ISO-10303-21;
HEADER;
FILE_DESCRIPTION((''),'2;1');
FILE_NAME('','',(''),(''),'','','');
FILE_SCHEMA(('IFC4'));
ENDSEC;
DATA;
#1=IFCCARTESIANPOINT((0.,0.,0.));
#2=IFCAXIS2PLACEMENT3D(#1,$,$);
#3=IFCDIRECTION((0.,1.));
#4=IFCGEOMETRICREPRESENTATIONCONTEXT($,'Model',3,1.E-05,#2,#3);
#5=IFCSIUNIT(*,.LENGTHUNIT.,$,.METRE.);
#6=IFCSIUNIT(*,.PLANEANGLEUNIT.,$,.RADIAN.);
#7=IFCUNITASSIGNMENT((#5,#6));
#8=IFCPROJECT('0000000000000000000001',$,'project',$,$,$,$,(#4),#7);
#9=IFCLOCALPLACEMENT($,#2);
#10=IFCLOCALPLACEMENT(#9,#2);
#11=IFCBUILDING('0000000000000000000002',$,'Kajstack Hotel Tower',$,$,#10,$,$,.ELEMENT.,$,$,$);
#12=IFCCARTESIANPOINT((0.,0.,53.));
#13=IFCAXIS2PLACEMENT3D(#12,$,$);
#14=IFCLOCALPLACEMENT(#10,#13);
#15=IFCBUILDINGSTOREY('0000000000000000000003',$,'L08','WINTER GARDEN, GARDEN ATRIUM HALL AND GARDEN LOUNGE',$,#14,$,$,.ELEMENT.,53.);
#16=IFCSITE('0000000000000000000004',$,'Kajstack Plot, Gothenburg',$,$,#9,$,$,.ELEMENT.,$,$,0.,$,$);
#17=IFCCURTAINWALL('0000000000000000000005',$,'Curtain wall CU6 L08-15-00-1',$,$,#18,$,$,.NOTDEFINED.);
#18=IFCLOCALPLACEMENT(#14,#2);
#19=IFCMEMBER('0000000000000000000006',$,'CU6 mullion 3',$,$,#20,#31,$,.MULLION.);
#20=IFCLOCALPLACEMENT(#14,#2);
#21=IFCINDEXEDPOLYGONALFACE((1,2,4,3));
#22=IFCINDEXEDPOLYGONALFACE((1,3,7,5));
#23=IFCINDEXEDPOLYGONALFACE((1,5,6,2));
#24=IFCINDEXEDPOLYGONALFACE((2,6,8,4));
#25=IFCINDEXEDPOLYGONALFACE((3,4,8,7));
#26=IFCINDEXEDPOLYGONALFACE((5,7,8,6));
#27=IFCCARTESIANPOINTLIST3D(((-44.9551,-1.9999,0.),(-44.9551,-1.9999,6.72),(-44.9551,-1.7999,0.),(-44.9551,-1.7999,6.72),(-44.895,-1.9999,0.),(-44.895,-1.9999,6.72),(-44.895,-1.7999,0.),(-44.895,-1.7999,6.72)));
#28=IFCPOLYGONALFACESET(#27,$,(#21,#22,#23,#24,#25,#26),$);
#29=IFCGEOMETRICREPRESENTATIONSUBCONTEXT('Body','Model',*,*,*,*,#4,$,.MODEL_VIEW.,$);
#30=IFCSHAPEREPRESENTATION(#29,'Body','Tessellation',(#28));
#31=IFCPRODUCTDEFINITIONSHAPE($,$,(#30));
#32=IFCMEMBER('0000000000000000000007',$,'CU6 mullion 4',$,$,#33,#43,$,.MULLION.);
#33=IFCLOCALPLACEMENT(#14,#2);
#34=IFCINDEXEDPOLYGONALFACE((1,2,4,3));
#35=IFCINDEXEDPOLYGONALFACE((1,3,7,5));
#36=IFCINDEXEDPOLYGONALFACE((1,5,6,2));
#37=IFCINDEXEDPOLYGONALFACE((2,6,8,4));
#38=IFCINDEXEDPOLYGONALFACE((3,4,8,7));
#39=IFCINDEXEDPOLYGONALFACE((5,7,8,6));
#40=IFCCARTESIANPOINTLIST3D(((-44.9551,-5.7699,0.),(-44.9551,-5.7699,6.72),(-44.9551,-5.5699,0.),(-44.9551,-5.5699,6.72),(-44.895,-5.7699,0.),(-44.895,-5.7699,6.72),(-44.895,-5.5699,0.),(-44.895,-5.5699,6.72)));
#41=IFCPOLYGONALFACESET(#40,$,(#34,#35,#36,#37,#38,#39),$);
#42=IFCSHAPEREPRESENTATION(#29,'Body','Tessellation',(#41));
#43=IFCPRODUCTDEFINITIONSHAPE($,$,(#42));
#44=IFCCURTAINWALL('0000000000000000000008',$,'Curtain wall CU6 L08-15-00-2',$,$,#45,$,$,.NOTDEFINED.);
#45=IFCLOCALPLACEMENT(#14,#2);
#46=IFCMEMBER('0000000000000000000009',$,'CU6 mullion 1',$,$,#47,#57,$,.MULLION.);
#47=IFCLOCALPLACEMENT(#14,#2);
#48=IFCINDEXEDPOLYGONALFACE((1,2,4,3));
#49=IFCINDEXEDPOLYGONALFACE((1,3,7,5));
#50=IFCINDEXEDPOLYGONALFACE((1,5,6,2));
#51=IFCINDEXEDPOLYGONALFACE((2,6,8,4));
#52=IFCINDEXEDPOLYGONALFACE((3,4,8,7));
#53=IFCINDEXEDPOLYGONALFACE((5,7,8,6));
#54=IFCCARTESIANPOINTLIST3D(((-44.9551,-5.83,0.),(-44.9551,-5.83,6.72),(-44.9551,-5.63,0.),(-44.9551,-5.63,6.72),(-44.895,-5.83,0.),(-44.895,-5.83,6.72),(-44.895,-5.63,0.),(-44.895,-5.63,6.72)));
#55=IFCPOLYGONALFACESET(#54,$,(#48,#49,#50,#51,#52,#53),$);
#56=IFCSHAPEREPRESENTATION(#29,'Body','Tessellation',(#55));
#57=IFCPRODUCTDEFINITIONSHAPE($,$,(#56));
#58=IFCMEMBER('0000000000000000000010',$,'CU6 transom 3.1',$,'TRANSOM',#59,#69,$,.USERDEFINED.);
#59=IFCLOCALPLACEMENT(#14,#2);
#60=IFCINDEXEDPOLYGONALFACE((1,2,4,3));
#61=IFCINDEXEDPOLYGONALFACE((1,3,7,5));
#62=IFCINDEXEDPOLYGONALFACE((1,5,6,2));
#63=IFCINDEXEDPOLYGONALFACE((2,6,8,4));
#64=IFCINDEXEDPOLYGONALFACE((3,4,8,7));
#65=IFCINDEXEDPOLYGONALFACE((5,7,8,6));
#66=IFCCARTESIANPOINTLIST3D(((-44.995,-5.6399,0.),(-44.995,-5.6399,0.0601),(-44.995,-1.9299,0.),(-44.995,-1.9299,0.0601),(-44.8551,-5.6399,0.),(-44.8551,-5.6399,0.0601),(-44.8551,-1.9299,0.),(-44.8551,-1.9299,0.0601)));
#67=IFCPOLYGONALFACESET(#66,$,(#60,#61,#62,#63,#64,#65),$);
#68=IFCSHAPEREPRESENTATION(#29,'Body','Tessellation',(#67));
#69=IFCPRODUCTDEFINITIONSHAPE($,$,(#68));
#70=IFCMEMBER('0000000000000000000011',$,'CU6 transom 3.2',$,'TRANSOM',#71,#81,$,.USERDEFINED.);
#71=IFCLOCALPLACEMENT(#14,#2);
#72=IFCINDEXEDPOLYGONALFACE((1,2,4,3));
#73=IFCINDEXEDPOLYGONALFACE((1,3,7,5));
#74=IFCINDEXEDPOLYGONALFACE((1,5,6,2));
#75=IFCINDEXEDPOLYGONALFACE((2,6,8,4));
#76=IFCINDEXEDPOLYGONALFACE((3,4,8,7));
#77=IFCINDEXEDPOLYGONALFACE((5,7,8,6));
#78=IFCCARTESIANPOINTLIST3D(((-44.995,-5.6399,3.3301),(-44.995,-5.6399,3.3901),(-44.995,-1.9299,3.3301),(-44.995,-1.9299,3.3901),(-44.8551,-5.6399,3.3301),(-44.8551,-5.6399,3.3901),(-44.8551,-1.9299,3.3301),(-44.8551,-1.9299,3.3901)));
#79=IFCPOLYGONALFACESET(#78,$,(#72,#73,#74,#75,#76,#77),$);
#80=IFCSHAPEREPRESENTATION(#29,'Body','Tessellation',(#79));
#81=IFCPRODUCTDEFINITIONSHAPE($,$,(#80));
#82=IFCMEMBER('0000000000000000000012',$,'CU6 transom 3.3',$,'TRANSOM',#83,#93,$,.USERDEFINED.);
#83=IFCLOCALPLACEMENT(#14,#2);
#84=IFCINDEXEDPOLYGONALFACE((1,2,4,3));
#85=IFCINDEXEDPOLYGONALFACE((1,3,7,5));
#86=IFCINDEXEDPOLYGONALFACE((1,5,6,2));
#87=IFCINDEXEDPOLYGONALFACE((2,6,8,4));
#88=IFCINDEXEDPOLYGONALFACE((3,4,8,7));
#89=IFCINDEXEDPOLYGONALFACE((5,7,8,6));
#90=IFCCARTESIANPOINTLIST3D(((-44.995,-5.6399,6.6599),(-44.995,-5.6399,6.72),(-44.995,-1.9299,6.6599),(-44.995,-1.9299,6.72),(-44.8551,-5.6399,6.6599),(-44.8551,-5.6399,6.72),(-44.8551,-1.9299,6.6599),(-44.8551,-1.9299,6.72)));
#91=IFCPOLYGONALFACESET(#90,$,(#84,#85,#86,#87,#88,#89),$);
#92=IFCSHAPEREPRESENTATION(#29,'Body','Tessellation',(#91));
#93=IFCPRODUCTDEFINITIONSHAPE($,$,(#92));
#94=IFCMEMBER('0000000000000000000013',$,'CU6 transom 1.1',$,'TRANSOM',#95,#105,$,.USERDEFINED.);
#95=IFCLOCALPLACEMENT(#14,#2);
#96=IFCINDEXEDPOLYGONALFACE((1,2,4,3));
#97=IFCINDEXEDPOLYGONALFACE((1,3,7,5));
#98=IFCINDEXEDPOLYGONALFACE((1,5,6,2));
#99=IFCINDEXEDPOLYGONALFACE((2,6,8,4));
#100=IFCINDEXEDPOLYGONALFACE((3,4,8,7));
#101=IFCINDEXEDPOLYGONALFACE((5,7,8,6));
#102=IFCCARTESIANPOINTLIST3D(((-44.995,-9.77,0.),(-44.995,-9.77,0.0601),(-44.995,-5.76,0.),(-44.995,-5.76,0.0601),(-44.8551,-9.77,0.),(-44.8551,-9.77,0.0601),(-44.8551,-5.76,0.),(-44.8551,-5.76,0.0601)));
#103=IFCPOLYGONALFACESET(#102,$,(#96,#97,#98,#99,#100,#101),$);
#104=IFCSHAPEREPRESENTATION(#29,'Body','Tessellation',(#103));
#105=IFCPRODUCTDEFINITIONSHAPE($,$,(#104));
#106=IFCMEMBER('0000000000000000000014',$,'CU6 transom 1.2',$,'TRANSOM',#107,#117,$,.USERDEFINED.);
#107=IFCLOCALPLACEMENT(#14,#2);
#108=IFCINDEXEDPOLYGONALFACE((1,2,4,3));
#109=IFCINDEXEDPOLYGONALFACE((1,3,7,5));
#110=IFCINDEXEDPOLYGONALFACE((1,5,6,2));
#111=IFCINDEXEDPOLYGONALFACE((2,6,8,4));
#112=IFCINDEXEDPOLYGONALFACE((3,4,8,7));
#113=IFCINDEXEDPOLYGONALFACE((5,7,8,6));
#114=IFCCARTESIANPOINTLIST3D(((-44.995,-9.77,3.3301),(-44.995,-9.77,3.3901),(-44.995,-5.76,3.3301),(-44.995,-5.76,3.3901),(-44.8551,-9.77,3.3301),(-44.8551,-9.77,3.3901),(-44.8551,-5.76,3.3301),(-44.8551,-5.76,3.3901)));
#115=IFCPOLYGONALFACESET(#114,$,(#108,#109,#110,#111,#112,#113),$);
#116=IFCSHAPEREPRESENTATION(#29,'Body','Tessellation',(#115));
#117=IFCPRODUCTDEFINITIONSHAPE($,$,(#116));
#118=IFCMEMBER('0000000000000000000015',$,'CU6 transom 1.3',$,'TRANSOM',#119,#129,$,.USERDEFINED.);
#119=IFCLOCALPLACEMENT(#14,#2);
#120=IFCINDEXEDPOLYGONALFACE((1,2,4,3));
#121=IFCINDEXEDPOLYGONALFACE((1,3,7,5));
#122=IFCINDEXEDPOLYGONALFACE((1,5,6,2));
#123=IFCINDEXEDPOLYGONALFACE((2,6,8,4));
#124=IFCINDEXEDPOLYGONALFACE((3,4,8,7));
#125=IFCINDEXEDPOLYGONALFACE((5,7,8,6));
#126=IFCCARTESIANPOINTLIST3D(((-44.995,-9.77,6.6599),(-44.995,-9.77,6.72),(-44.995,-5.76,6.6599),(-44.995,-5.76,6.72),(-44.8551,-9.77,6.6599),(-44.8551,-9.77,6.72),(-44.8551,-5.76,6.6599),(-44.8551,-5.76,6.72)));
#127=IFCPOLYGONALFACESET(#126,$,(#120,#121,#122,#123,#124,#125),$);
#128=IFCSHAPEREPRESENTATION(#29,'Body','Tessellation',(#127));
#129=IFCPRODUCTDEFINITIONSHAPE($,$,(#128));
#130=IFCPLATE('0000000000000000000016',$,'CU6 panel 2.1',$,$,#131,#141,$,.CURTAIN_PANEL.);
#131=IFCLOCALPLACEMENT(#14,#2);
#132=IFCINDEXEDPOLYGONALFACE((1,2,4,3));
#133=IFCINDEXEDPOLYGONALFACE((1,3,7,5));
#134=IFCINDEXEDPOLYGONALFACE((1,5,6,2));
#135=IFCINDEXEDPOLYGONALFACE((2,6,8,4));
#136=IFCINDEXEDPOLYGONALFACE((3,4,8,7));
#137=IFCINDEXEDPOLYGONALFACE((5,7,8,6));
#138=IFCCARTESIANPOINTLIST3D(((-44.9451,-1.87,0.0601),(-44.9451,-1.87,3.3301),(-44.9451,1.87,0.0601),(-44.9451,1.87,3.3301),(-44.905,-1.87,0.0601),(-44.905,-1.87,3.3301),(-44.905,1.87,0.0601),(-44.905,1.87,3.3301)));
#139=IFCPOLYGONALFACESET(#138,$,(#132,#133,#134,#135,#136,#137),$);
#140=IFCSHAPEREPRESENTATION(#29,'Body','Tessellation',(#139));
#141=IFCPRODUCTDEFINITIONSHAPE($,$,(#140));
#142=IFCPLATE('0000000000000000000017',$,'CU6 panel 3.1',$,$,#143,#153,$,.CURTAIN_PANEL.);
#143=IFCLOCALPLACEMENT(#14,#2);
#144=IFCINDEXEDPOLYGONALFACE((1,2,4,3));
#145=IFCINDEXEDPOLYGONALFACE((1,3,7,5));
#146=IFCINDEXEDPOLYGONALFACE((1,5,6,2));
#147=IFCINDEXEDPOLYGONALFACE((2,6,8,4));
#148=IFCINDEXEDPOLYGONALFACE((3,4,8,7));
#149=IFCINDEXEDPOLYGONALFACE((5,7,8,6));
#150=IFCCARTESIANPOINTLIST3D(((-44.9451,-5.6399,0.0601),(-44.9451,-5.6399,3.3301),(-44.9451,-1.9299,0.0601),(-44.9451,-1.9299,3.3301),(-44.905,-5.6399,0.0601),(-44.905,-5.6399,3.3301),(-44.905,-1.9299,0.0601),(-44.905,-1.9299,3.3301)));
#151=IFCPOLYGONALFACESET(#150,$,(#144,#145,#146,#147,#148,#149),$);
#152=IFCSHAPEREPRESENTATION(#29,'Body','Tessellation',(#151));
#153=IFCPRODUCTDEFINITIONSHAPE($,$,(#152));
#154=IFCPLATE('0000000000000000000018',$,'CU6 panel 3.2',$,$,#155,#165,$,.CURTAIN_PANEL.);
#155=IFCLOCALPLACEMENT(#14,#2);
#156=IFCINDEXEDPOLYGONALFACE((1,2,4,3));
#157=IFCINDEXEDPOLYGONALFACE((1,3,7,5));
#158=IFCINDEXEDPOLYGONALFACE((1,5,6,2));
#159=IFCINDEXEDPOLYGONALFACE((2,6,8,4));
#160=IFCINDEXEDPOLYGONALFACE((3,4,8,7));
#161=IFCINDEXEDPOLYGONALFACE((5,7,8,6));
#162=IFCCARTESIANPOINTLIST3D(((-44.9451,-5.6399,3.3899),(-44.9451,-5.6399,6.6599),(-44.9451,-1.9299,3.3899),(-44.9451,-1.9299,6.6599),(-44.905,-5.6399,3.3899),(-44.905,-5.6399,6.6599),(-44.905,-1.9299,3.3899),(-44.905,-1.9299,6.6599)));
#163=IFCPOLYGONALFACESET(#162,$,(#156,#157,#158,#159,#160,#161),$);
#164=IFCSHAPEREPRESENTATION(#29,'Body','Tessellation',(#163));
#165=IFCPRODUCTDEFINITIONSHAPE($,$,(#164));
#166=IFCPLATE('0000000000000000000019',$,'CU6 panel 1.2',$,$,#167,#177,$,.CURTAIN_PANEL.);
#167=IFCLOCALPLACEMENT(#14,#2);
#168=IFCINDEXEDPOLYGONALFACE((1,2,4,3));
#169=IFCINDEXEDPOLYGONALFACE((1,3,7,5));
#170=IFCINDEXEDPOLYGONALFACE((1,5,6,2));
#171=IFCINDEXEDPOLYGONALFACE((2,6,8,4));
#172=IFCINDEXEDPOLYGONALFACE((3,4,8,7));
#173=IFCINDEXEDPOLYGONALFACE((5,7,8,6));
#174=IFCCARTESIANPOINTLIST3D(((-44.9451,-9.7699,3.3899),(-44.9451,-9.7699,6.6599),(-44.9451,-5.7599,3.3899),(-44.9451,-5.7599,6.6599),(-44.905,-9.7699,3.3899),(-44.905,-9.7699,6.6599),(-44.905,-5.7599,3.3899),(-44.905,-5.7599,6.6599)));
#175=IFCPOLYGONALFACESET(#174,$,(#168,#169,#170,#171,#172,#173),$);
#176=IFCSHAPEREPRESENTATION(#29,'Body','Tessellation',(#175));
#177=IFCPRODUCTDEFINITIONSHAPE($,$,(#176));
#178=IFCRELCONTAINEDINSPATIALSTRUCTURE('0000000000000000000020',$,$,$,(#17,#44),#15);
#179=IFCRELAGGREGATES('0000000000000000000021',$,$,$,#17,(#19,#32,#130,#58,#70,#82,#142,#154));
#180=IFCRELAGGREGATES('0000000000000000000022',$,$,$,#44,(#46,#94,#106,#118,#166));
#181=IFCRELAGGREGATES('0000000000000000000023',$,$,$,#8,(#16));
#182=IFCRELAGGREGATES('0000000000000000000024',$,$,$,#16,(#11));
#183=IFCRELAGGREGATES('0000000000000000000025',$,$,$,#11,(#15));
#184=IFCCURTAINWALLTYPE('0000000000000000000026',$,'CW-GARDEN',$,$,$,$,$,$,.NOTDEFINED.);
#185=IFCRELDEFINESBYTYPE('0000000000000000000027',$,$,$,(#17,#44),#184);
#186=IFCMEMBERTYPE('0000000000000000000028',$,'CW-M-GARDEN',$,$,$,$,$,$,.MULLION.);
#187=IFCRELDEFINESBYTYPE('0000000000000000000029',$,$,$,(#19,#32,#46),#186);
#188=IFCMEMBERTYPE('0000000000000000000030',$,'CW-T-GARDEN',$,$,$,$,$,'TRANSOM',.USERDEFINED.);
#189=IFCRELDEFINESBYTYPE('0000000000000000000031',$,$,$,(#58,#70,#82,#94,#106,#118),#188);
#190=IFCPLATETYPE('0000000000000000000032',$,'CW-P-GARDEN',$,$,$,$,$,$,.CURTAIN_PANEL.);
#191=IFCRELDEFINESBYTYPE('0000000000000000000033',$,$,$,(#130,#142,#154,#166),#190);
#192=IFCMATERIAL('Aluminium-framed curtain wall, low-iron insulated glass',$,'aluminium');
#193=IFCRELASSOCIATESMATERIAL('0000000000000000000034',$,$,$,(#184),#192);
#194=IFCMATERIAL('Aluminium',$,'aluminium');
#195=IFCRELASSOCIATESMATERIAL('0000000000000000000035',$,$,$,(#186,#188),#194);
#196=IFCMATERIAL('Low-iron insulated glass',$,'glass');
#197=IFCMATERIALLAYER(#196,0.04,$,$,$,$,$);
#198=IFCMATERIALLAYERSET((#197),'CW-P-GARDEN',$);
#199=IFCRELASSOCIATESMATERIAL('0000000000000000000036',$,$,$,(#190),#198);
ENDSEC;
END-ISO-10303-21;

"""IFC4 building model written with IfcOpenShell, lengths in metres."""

from ifc_helpers import new_model, si_unit, direction, frame, origin, origin_2d, place, context, subcontext, project, spatial, rectangle, extrude, material, layer, layer_set, material_profile, profile_set, type_object, element, aggregate, save


model = new_model("IFC4")

# Units and contexts
model_context = context("Model", 3, precision=1e-05, world=origin(), true_north=direction((0.0, 1.0)))
body_context = subcontext(model_context, "Body", "Model", "MODEL_VIEW")
ifc_project = project(units=[si_unit("LENGTHUNIT", "METRE"), si_unit("PLANEANGLEUNIT", "RADIAN")], contexts=[model_context])

# Site, building, storey
site_placement = place(None, origin())
site = spatial("IfcSite", under=ifc_project, at=site_placement, Name="Kajstack Plot, Gothenburg", CompositionType="ELEMENT", RefElevation=0.0)
building_placement = place(site_placement, origin())
building = spatial("IfcBuilding", under=site, at=building_placement, Name="Kajstack Hotel Tower", CompositionType="ELEMENT")
storey_placement = place(building_placement, frame((0.0, 0.0, 53.0)))
storey = spatial("IfcBuildingStorey", under=building, at=storey_placement, Name="L08", Description="WINTER GARDEN, GARDEN ATRIUM HALL AND GARDEN LOUNGE", CompositionType="ELEMENT", Elevation=53.0)

# Curtain wall, members
ifc_material_1 = material(Name="Aluminium-framed curtain wall, low-iron insulated glass", Category="aluminium")
curtain_wall_type = type_object("IfcCurtainWallType", Name="CW-GARDEN", PredefinedType="NOTDEFINED", material=ifc_material_1)
curtain_wall_1_placement = place(storey_placement, origin())
curtain_wall_1 = element("IfcCurtainWall", 1, at=curtain_wall_1_placement, inside=storey, type_object=curtain_wall_type, Name="Curtain wall CU6 L08-15-00-1", PredefinedType="NOTDEFINED")
ifc_material_2 = material(Name="Aluminium", Category="aluminium")
ifc_material_profile_1 = material_profile(ifc_material_2, rectangle(XDim=0.0601, YDim=0.2, at=origin_2d()), Name="Aluminium mullion 60 x 200")
ifc_profile_set_1 = profile_set([ifc_material_profile_1], Name="Aluminium")
member_type_1 = type_object("IfcMemberType", Name="CW-M-GARDEN", PredefinedType="MULLION", material=ifc_profile_set_1)
member_1_placement = place(storey_placement, frame((-44.925, -1.8999, 0.0), z_axis=(0.0, 0.0, 1.0), x_axis=(1.0, 0.0, 0.0)))
member_1 = element("IfcMember", 2, at=member_1_placement, type_object=member_type_1, Name="CU6 mullion 3", PredefinedType="MULLION", context=body_context, shape_type="SweptSolid", body=[
    extrude(rectangle(XDim=0.0601, YDim=0.2, at=origin_2d()), origin(), (0.0, 0.0, 1.0), 6.72),
])
member_2_placement = place(storey_placement, frame((-44.925, -5.6699, 0.0), z_axis=(0.0, 0.0, 1.0), x_axis=(1.0, 0.0, 0.0)))
member_2 = element("IfcMember", 3, at=member_2_placement, type_object=member_type_1, Name="CU6 mullion 4", PredefinedType="MULLION", context=body_context, shape_type="SweptSolid", body=[
    extrude(rectangle(XDim=0.0601, YDim=0.2, at=origin_2d()), origin(), (0.0, 0.0, 1.0), 6.72),
])

# Curtain wall, member
curtain_wall_2_placement = place(storey_placement, origin())
curtain_wall_2 = element("IfcCurtainWall", 4, at=curtain_wall_2_placement, inside=storey, type_object=curtain_wall_type, Name="Curtain wall CU6 L08-15-00-2", PredefinedType="NOTDEFINED")
member_3_placement = place(storey_placement, frame((-44.925, -5.73, 0.0), z_axis=(0.0, 0.0, 1.0), x_axis=(1.0, 0.0, 0.0)))
member_3 = element("IfcMember", 5, at=member_3_placement, type_object=member_type_1, Name="CU6 mullion 1", PredefinedType="MULLION", context=body_context, shape_type="SweptSolid", body=[
    extrude(rectangle(XDim=0.0601, YDim=0.2, at=origin_2d()), origin(), (0.0, 0.0, 1.0), 6.72),
])

# Members
ifc_material_profile_2 = material_profile(ifc_material_2, rectangle(XDim=0.1399, YDim=0.0601, at=origin_2d()), Name="Aluminium transom 140 x 60")
ifc_profile_set_2 = profile_set([ifc_material_profile_2], Name="Aluminium")
member_type_2 = type_object("IfcMemberType", Name="CW-T-GARDEN", ElementType="TRANSOM", PredefinedType="USERDEFINED", material=ifc_profile_set_2)
member_4_placement = place(storey_placement, frame((-44.925, -1.9299, 0.03), z_axis=(0.0, -1.0, 0.0), x_axis=(1.0, 0.0, 0.0)))
member_4 = element("IfcMember", 6, at=member_4_placement, type_object=member_type_2, Name="CU6 transom 3.1", ObjectType="TRANSOM", PredefinedType="USERDEFINED", context=body_context, shape_type="SweptSolid", body=[
    extrude(rectangle(XDim=0.1399, YDim=0.0601, at=origin_2d()), origin(), (0.0, 0.0, 1.0), 3.71),
])
member_5_placement = place(storey_placement, frame((-44.925, -1.9299, 3.3601), z_axis=(0.0, -1.0, 0.0), x_axis=(1.0, 0.0, 0.0)))
member_5 = element("IfcMember", 7, at=member_5_placement, type_object=member_type_2, Name="CU6 transom 3.2", ObjectType="TRANSOM", PredefinedType="USERDEFINED", context=body_context, shape_type="SweptSolid", body=[
    extrude(rectangle(XDim=0.1399, YDim=0.0601, at=origin_2d()), origin(), (0.0, 0.0, 1.0), 3.71),
])
member_6_placement = place(storey_placement, frame((-44.925, -1.9299, 6.6899), z_axis=(0.0, -1.0, 0.0), x_axis=(1.0, 0.0, 0.0)))
member_6 = element("IfcMember", 8, at=member_6_placement, type_object=member_type_2, Name="CU6 transom 3.3", ObjectType="TRANSOM", PredefinedType="USERDEFINED", context=body_context, shape_type="SweptSolid", body=[
    extrude(rectangle(XDim=0.1399, YDim=0.0601, at=origin_2d()), origin(), (0.0, 0.0, 1.0), 3.71),
])
member_7_placement = place(storey_placement, frame((-44.925, -5.76, 0.03), z_axis=(0.0, -1.0, 0.0), x_axis=(1.0, 0.0, 0.0)))
member_7 = element("IfcMember", 9, at=member_7_placement, type_object=member_type_2, Name="CU6 transom 1.1", ObjectType="TRANSOM", PredefinedType="USERDEFINED", context=body_context, shape_type="SweptSolid", body=[
    extrude(rectangle(XDim=0.1399, YDim=0.0601, at=origin_2d()), origin(), (0.0, 0.0, 1.0), 4.01),
])
member_8_placement = place(storey_placement, frame((-44.925, -5.76, 3.3601), z_axis=(0.0, -1.0, 0.0), x_axis=(1.0, 0.0, 0.0)))
member_8 = element("IfcMember", 10, at=member_8_placement, type_object=member_type_2, Name="CU6 transom 1.2", ObjectType="TRANSOM", PredefinedType="USERDEFINED", context=body_context, shape_type="SweptSolid", body=[
    extrude(rectangle(XDim=0.1399, YDim=0.0601, at=origin_2d()), origin(), (0.0, 0.0, 1.0), 4.01),
])
member_9_placement = place(storey_placement, frame((-44.925, -5.76, 6.6899), z_axis=(0.0, -1.0, 0.0), x_axis=(1.0, 0.0, 0.0)))
member_9 = element("IfcMember", 11, at=member_9_placement, type_object=member_type_2, Name="CU6 transom 1.3", ObjectType="TRANSOM", PredefinedType="USERDEFINED", context=body_context, shape_type="SweptSolid", body=[
    extrude(rectangle(XDim=0.1399, YDim=0.0601, at=origin_2d()), origin(), (0.0, 0.0, 1.0), 4.01),
])

# Plates
ifc_material_3 = material(Name="Low-iron insulated glass", Category="glass")
ifc_layer_1 = layer(ifc_material_3, 0.04)
ifc_layer_set_1 = layer_set([ifc_layer_1], Name="CW-P-GARDEN")
plate_type = type_object("IfcPlateType", Name="CW-P-GARDEN", PredefinedType="CURTAIN_PANEL", material=ifc_layer_set_1)
plate_1_placement = place(storey_placement, frame((-44.925, 0.0, 0.0601), z_axis=(0.0, 0.0, 1.0), x_axis=(0.0, -1.0, 0.0)))
plate_1 = element("IfcPlate", 12, at=plate_1_placement, type_object=plate_type, Name="CU6 panel 2.1", PredefinedType="CURTAIN_PANEL", context=body_context, shape_type="SweptSolid", body=[
    extrude(rectangle(XDim=3.74, YDim=0.04, at=origin_2d()), origin(), (0.0, 0.0, 1.0), 3.27),
])
plate_2_placement = place(storey_placement, frame((-44.925, -3.7849, 0.0601), z_axis=(0.0, 0.0, 1.0), x_axis=(0.0, -1.0, 0.0)))
plate_2 = element("IfcPlate", 13, at=plate_2_placement, type_object=plate_type, Name="CU6 panel 3.1", PredefinedType="CURTAIN_PANEL", context=body_context, shape_type="SweptSolid", body=[
    extrude(rectangle(XDim=3.71, YDim=0.04, at=origin_2d()), origin(), (0.0, 0.0, 1.0), 3.27),
])
plate_3_placement = place(storey_placement, frame((-44.925, -3.7849, 3.3899), z_axis=(0.0, 0.0, 1.0), x_axis=(0.0, -1.0, 0.0)))
plate_3 = element("IfcPlate", 14, at=plate_3_placement, type_object=plate_type, Name="CU6 panel 3.2", PredefinedType="CURTAIN_PANEL", context=body_context, shape_type="SweptSolid", body=[
    extrude(rectangle(XDim=3.71, YDim=0.04, at=origin_2d()), origin(), (0.0, 0.0, 1.0), 3.27),
])
aggregate(curtain_wall_1, [member_1, member_2, plate_1, member_4, member_5, member_6, plate_2, plate_3])
plate_4_placement = place(storey_placement, frame((-44.925, -7.7649, 3.3899), z_axis=(0.0, 0.0, 1.0), x_axis=(0.0, -1.0, 0.0)))
plate_4 = element("IfcPlate", 15, at=plate_4_placement, type_object=plate_type, Name="CU6 panel 1.2", PredefinedType="CURTAIN_PANEL", context=body_context, shape_type="SweptSolid", body=[
    extrude(rectangle(XDim=4.01, YDim=0.04, at=origin_2d()), origin(), (0.0, 0.0, 1.0), 3.27),
])
aggregate(curtain_wall_2, [member_3, member_7, member_8, member_9, plate_4])

save(model, "model.ifc")
